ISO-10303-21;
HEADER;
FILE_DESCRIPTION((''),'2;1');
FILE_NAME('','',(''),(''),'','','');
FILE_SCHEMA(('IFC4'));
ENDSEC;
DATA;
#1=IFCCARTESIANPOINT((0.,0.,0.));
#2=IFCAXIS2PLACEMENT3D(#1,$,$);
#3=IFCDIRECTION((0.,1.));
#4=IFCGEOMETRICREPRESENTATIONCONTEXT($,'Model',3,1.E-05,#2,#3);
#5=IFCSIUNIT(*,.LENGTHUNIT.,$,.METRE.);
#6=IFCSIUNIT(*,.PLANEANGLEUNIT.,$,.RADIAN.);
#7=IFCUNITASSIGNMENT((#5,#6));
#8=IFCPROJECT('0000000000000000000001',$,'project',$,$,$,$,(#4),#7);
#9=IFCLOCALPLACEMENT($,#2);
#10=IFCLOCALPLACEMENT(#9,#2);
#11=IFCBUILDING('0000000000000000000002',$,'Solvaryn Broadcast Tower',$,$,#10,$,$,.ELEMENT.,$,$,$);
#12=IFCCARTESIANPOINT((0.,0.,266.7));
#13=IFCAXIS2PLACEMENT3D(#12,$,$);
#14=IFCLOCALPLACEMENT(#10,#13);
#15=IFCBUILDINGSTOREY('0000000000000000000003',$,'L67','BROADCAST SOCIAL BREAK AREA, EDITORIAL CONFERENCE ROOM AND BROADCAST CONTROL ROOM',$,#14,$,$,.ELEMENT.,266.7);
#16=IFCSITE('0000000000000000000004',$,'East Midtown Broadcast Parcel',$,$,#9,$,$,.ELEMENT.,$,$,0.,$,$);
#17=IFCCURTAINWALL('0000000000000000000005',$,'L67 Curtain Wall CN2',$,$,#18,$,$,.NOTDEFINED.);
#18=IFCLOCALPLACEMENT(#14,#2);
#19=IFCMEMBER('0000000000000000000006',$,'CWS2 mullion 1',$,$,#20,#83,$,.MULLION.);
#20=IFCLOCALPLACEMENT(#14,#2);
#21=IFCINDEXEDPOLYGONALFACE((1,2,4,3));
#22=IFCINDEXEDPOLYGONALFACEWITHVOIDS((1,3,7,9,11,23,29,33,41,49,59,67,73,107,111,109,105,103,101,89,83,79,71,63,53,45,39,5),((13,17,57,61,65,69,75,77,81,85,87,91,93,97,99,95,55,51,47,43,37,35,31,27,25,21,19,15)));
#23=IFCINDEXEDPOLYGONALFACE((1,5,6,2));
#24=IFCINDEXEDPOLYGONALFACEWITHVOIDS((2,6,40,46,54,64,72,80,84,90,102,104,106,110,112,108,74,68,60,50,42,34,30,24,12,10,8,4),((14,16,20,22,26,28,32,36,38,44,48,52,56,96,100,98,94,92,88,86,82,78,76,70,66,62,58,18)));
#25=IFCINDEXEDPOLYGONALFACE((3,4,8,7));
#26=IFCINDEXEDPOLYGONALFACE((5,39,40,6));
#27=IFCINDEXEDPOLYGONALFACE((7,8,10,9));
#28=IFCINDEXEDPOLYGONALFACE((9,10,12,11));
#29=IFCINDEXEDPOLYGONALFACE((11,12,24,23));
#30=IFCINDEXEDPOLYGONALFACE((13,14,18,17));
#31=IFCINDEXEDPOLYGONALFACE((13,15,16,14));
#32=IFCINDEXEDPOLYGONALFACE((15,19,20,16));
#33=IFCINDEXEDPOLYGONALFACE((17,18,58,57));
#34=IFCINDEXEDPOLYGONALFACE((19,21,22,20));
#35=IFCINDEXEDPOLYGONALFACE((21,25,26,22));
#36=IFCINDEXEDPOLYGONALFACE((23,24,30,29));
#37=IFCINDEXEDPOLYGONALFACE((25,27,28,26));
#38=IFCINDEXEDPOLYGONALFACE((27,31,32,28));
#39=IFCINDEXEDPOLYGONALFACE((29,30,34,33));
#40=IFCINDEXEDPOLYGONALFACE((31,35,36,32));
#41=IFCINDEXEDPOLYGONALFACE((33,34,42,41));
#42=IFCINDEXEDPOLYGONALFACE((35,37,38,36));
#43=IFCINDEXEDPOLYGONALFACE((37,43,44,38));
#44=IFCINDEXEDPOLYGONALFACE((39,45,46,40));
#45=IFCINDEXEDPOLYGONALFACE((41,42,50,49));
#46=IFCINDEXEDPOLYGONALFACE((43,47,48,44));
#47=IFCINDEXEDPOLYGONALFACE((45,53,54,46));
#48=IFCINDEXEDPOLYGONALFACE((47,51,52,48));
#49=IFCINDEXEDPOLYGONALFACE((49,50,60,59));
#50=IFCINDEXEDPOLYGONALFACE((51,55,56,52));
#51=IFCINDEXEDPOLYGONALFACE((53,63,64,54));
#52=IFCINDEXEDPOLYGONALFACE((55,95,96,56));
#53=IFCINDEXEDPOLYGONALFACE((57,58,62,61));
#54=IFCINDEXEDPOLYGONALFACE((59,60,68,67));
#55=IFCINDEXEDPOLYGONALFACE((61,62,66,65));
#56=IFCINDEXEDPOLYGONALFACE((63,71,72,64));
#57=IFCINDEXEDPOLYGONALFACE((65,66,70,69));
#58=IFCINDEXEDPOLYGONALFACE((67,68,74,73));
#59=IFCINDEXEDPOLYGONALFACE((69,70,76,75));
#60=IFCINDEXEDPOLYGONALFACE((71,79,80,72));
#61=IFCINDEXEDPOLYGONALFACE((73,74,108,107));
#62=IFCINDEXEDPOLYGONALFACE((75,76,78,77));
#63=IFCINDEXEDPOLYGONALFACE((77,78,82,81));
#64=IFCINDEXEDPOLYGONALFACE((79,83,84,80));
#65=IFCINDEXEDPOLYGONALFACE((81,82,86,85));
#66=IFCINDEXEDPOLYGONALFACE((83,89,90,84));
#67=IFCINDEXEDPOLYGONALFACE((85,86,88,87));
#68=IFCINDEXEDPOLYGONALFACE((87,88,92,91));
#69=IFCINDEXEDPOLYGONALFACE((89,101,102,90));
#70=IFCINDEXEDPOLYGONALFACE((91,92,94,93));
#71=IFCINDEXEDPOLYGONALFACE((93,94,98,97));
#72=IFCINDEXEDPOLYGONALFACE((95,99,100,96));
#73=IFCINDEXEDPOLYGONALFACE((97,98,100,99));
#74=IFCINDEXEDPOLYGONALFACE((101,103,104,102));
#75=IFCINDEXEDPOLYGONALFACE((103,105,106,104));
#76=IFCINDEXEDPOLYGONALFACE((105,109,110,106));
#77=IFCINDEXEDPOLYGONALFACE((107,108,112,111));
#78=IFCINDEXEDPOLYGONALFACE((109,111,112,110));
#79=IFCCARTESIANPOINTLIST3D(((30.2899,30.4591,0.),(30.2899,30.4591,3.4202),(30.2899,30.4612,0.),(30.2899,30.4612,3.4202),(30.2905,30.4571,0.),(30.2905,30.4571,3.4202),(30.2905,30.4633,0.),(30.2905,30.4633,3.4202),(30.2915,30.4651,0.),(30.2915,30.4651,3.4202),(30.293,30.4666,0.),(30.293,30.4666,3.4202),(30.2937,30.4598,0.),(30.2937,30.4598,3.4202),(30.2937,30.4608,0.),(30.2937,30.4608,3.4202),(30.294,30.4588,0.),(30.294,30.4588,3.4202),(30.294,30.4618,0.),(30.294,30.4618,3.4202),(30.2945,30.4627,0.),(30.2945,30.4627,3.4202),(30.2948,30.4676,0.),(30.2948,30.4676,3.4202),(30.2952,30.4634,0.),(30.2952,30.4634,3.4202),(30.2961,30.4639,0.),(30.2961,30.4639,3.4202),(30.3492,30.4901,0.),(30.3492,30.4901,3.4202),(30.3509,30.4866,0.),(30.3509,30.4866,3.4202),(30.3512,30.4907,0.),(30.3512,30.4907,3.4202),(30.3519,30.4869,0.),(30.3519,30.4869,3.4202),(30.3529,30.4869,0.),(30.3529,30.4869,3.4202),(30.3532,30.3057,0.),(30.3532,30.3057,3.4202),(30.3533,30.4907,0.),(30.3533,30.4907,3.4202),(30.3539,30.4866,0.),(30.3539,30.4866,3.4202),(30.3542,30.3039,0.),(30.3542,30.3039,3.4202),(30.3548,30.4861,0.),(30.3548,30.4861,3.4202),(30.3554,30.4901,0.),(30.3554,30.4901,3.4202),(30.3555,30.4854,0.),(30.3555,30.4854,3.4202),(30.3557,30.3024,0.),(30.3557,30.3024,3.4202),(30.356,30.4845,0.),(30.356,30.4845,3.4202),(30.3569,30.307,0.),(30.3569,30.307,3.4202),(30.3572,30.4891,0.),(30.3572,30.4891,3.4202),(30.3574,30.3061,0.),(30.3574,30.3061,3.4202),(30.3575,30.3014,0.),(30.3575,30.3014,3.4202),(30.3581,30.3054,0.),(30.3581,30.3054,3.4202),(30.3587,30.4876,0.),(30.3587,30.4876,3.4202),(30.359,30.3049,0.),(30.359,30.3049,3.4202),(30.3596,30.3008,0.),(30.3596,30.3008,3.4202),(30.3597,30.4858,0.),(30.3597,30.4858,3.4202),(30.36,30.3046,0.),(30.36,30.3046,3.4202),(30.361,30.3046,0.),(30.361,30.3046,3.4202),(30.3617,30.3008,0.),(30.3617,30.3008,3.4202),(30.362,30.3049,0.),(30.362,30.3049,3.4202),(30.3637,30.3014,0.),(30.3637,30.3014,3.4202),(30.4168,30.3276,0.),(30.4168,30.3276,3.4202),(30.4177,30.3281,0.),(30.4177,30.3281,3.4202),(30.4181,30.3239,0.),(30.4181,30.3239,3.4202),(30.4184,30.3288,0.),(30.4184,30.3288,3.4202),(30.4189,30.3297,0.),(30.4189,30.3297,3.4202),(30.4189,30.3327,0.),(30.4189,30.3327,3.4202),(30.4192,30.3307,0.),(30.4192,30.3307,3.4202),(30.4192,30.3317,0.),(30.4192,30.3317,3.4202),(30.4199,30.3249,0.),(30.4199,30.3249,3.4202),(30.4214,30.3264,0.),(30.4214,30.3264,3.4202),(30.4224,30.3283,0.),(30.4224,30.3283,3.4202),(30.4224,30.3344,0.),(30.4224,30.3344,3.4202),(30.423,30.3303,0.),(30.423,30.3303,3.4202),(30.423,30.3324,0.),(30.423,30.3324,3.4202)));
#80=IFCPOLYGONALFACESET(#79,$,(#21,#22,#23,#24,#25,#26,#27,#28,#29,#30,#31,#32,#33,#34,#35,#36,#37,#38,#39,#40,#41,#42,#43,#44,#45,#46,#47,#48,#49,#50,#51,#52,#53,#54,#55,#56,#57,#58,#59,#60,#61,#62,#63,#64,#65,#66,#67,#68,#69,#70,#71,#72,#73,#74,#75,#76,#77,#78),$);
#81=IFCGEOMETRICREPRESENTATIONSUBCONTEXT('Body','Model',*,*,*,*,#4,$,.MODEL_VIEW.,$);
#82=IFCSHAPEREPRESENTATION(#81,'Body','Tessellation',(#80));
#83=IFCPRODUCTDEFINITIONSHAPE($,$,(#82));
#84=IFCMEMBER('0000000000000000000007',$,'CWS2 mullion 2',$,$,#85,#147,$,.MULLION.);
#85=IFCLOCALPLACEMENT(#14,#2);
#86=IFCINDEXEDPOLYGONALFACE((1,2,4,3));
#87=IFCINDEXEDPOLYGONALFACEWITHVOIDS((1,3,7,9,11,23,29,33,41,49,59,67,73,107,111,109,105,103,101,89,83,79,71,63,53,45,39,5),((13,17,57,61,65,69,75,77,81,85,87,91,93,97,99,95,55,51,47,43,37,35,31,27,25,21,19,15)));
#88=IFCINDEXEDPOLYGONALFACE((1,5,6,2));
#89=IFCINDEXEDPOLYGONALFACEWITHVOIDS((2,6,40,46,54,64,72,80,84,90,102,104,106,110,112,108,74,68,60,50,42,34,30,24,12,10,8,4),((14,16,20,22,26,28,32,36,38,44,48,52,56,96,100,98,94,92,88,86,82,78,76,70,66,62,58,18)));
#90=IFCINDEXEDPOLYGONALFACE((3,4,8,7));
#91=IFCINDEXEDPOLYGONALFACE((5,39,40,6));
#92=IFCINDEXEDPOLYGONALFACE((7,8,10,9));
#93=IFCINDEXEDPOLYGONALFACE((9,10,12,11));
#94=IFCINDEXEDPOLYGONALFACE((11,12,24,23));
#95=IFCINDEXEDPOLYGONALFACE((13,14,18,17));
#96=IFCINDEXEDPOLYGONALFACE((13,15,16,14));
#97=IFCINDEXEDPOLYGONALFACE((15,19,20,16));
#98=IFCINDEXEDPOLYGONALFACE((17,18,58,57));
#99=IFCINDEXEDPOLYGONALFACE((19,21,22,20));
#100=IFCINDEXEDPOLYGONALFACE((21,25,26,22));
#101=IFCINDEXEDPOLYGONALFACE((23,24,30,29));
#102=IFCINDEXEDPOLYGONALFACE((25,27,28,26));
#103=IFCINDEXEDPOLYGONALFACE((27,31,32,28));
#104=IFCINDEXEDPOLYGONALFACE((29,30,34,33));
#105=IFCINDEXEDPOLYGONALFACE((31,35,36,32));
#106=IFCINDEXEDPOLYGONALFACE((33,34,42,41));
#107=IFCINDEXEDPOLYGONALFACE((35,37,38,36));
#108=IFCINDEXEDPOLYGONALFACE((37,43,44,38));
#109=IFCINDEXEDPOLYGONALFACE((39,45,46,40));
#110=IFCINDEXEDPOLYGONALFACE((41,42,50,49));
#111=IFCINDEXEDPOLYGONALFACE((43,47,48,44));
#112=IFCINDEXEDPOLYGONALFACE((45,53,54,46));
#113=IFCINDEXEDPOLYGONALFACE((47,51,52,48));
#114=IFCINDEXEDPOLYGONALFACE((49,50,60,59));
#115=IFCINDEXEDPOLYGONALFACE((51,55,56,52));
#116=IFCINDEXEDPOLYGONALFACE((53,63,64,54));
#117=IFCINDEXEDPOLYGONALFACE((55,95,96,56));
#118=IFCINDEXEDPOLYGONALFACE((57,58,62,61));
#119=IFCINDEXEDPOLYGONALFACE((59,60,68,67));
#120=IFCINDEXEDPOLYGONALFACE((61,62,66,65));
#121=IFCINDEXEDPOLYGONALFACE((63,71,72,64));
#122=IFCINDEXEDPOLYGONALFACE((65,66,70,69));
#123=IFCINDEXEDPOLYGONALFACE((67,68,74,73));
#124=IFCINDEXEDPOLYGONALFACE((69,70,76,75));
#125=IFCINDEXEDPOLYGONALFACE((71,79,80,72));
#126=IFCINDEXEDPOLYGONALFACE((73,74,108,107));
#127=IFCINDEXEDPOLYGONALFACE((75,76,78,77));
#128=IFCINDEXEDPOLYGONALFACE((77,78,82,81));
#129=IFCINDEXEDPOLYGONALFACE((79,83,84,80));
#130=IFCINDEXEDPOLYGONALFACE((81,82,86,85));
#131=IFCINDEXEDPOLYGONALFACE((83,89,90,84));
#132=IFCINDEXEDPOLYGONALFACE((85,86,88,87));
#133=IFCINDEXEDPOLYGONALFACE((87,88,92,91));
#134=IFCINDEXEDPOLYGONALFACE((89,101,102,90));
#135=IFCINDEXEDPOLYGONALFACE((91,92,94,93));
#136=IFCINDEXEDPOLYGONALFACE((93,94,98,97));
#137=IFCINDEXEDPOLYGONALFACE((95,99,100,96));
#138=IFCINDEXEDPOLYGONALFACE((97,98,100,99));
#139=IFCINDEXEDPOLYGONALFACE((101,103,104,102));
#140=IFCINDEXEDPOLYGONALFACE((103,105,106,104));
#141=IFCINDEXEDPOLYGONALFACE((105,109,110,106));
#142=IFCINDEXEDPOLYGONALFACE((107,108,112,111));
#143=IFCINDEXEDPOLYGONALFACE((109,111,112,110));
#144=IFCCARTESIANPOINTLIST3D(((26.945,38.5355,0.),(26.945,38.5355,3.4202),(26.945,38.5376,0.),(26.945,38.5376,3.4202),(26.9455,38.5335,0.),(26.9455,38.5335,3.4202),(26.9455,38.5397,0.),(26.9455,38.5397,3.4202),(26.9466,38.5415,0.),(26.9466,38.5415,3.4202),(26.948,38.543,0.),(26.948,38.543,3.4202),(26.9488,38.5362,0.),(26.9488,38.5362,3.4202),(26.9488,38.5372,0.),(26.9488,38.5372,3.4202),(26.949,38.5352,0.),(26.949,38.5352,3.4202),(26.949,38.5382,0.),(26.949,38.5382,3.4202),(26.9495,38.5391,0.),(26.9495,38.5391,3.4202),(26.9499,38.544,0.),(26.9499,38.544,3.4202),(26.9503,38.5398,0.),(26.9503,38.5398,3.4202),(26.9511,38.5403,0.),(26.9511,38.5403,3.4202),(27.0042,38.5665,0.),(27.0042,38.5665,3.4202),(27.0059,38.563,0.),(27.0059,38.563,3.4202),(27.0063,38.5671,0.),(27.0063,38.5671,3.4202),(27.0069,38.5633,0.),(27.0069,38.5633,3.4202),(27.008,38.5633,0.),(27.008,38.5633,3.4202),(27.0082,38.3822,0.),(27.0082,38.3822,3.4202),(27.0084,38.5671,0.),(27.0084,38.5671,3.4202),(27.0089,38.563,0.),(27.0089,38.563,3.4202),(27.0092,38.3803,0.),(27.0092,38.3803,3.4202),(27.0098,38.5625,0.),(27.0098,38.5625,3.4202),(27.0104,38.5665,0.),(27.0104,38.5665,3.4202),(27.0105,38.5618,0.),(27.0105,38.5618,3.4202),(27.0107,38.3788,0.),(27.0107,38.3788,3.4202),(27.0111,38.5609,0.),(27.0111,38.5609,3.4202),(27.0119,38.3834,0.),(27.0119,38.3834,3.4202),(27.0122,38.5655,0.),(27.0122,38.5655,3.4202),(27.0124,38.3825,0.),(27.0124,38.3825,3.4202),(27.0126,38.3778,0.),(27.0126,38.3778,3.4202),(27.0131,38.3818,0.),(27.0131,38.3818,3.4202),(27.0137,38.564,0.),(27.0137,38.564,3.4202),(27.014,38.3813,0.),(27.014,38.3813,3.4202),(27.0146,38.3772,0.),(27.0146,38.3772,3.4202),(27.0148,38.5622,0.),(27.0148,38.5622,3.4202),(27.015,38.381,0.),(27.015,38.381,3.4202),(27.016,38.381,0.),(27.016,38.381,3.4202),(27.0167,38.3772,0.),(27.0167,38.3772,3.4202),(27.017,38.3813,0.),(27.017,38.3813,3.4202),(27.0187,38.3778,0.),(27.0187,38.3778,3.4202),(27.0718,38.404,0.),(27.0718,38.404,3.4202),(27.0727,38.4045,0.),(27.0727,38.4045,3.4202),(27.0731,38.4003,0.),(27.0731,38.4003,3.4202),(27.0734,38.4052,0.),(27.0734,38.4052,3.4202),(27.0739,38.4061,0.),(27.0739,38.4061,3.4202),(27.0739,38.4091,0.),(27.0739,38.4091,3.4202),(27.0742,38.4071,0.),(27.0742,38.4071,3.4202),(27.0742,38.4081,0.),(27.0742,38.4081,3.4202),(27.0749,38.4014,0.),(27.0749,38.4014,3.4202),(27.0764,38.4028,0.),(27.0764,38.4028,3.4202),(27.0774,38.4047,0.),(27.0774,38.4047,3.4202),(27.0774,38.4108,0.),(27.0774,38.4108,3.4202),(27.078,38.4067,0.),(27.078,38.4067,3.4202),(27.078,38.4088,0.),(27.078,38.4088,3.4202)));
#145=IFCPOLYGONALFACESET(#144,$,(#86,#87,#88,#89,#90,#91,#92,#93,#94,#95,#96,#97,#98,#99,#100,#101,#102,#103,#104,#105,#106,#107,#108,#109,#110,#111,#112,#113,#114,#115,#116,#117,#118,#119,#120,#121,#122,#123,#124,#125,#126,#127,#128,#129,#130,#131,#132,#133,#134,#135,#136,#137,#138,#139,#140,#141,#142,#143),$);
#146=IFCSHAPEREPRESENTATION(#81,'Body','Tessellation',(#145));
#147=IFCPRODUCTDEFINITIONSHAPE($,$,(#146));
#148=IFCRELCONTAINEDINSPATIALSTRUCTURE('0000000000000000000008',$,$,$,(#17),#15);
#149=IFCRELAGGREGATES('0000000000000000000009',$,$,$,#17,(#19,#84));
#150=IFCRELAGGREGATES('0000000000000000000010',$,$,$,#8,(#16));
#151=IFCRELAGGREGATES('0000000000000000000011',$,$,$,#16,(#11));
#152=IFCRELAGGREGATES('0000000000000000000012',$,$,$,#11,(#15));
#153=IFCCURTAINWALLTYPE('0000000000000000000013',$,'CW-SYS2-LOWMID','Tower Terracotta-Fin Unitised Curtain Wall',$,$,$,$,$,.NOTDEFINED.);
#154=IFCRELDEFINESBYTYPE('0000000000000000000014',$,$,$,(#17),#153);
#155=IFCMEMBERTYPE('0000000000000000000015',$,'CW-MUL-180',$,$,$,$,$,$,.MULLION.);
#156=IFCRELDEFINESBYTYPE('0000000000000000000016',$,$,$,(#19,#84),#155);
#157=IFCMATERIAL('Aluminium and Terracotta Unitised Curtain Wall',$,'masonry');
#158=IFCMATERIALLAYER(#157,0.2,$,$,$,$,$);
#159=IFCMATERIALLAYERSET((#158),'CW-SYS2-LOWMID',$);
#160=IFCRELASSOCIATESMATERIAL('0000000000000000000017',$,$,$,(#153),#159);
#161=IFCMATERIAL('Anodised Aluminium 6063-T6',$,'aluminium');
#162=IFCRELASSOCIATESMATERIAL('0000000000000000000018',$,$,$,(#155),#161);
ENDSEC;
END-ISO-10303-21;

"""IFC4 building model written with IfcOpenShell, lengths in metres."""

from ifc_helpers import new_model, si_unit, direction, frame, origin, origin_2d, place, context, subcontext, project, spatial, hollow_rectangle, extrude, material, layer, layer_set, material_profile, profile_set, type_object, element, aggregate, save


model = new_model("IFC4")

# Units and contexts
model_context = context("Model", 3, precision=1e-05, world=origin(), true_north=direction((0.0, 1.0)))
body_context = subcontext(model_context, "Body", "Model", "MODEL_VIEW")
ifc_project = project(units=[si_unit("LENGTHUNIT", "METRE"), si_unit("PLANEANGLEUNIT", "RADIAN")], contexts=[model_context])

# Site, building, storey
site_placement = place(None, origin())
site = spatial("IfcSite", under=ifc_project, at=site_placement, Name="East Midtown Broadcast Parcel", CompositionType="ELEMENT", RefElevation=0.0)
building_placement = place(site_placement, origin())
building = spatial("IfcBuilding", under=site, at=building_placement, Name="Solvaryn Broadcast Tower", CompositionType="ELEMENT")
storey_placement = place(building_placement, frame((0.0, 0.0, 266.7)))
storey = spatial("IfcBuildingStorey", under=building, at=storey_placement, Name="L67", Description="BROADCAST SOCIAL BREAK AREA, EDITORIAL CONFERENCE ROOM AND BROADCAST CONTROL ROOM", CompositionType="ELEMENT", Elevation=266.7)

# Shared definitions
ifc_material_1 = material(Name="Aluminium and Terracotta Unitised Curtain Wall", Category="masonry")
ifc_layer_1 = layer(ifc_material_1, 0.2)
ifc_layer_set_1 = layer_set([ifc_layer_1], Name="CW-SYS2-LOWMID")
curtain_wall_type = type_object("IfcCurtainWallType", Name="CW-SYS2-LOWMID", Description="Tower Terracotta-Fin Unitised Curtain Wall", PredefinedType="NOTDEFINED", material=ifc_layer_set_1)
ifc_material_2 = material(Name="Anodised Aluminium 6063-T6", Category="aluminium")
ifc_material_profile_1 = material_profile(ifc_material_2, hollow_rectangle(XDim=0.075, YDim=0.1799, WallThickness=0.0039, InnerFilletRadius=0.0039, OuterFilletRadius=0.0081, at=origin_2d()))
ifc_profile_set_1 = profile_set([ifc_material_profile_1], Name="Anodised Aluminium 6063-T6")
member_type_1 = type_object("IfcMemberType", Name="CW-MUL-180", PredefinedType="MULLION", material=ifc_profile_set_1)

# Curtain wall, members
curtain_wall_1_placement = place(storey_placement, origin())
curtain_wall_1 = element("IfcCurtainWall", 1, at=curtain_wall_1_placement, inside=storey, type_object=curtain_wall_type, Name="L67 Curtain Wall CN2", PredefinedType="NOTDEFINED")
member_1_placement = place(storey_placement, frame((30.3564, 30.3958, 0.0), z_axis=(0.0, 0.0, 1.0), x_axis=(-0.923895, -0.382646, 0.0)))
member_1 = element("IfcMember", 2, at=member_1_placement, type_object=member_type_1, Name="CWS2 mullion 1", PredefinedType="MULLION", context=body_context, shape_type="SweptSolid", body=[
    extrude(hollow_rectangle(XDim=0.075, YDim=0.1799, WallThickness=0.0039, InnerFilletRadius=0.0039, OuterFilletRadius=0.0081, at=origin_2d()), origin(), (0.0, 0.0, 1.0), 3.4202),
])
member_2_placement = place(storey_placement, frame((27.0115, 38.4722, 0.0), z_axis=(0.0, 0.0, 1.0), x_axis=(-0.923895, -0.382646, 0.0)))
member_2 = element("IfcMember", 3, at=member_2_placement, type_object=member_type_1, Name="CWS2 mullion 2", PredefinedType="MULLION", context=body_context, shape_type="SweptSolid", body=[
    extrude(hollow_rectangle(XDim=0.075, YDim=0.1799, WallThickness=0.0039, InnerFilletRadius=0.0039, OuterFilletRadius=0.0081, at=origin_2d()), origin(), (0.0, 0.0, 1.0), 3.4202),
])
aggregate(curtain_wall_1, [member_1, member_2])

save(model, "model.ifc")
